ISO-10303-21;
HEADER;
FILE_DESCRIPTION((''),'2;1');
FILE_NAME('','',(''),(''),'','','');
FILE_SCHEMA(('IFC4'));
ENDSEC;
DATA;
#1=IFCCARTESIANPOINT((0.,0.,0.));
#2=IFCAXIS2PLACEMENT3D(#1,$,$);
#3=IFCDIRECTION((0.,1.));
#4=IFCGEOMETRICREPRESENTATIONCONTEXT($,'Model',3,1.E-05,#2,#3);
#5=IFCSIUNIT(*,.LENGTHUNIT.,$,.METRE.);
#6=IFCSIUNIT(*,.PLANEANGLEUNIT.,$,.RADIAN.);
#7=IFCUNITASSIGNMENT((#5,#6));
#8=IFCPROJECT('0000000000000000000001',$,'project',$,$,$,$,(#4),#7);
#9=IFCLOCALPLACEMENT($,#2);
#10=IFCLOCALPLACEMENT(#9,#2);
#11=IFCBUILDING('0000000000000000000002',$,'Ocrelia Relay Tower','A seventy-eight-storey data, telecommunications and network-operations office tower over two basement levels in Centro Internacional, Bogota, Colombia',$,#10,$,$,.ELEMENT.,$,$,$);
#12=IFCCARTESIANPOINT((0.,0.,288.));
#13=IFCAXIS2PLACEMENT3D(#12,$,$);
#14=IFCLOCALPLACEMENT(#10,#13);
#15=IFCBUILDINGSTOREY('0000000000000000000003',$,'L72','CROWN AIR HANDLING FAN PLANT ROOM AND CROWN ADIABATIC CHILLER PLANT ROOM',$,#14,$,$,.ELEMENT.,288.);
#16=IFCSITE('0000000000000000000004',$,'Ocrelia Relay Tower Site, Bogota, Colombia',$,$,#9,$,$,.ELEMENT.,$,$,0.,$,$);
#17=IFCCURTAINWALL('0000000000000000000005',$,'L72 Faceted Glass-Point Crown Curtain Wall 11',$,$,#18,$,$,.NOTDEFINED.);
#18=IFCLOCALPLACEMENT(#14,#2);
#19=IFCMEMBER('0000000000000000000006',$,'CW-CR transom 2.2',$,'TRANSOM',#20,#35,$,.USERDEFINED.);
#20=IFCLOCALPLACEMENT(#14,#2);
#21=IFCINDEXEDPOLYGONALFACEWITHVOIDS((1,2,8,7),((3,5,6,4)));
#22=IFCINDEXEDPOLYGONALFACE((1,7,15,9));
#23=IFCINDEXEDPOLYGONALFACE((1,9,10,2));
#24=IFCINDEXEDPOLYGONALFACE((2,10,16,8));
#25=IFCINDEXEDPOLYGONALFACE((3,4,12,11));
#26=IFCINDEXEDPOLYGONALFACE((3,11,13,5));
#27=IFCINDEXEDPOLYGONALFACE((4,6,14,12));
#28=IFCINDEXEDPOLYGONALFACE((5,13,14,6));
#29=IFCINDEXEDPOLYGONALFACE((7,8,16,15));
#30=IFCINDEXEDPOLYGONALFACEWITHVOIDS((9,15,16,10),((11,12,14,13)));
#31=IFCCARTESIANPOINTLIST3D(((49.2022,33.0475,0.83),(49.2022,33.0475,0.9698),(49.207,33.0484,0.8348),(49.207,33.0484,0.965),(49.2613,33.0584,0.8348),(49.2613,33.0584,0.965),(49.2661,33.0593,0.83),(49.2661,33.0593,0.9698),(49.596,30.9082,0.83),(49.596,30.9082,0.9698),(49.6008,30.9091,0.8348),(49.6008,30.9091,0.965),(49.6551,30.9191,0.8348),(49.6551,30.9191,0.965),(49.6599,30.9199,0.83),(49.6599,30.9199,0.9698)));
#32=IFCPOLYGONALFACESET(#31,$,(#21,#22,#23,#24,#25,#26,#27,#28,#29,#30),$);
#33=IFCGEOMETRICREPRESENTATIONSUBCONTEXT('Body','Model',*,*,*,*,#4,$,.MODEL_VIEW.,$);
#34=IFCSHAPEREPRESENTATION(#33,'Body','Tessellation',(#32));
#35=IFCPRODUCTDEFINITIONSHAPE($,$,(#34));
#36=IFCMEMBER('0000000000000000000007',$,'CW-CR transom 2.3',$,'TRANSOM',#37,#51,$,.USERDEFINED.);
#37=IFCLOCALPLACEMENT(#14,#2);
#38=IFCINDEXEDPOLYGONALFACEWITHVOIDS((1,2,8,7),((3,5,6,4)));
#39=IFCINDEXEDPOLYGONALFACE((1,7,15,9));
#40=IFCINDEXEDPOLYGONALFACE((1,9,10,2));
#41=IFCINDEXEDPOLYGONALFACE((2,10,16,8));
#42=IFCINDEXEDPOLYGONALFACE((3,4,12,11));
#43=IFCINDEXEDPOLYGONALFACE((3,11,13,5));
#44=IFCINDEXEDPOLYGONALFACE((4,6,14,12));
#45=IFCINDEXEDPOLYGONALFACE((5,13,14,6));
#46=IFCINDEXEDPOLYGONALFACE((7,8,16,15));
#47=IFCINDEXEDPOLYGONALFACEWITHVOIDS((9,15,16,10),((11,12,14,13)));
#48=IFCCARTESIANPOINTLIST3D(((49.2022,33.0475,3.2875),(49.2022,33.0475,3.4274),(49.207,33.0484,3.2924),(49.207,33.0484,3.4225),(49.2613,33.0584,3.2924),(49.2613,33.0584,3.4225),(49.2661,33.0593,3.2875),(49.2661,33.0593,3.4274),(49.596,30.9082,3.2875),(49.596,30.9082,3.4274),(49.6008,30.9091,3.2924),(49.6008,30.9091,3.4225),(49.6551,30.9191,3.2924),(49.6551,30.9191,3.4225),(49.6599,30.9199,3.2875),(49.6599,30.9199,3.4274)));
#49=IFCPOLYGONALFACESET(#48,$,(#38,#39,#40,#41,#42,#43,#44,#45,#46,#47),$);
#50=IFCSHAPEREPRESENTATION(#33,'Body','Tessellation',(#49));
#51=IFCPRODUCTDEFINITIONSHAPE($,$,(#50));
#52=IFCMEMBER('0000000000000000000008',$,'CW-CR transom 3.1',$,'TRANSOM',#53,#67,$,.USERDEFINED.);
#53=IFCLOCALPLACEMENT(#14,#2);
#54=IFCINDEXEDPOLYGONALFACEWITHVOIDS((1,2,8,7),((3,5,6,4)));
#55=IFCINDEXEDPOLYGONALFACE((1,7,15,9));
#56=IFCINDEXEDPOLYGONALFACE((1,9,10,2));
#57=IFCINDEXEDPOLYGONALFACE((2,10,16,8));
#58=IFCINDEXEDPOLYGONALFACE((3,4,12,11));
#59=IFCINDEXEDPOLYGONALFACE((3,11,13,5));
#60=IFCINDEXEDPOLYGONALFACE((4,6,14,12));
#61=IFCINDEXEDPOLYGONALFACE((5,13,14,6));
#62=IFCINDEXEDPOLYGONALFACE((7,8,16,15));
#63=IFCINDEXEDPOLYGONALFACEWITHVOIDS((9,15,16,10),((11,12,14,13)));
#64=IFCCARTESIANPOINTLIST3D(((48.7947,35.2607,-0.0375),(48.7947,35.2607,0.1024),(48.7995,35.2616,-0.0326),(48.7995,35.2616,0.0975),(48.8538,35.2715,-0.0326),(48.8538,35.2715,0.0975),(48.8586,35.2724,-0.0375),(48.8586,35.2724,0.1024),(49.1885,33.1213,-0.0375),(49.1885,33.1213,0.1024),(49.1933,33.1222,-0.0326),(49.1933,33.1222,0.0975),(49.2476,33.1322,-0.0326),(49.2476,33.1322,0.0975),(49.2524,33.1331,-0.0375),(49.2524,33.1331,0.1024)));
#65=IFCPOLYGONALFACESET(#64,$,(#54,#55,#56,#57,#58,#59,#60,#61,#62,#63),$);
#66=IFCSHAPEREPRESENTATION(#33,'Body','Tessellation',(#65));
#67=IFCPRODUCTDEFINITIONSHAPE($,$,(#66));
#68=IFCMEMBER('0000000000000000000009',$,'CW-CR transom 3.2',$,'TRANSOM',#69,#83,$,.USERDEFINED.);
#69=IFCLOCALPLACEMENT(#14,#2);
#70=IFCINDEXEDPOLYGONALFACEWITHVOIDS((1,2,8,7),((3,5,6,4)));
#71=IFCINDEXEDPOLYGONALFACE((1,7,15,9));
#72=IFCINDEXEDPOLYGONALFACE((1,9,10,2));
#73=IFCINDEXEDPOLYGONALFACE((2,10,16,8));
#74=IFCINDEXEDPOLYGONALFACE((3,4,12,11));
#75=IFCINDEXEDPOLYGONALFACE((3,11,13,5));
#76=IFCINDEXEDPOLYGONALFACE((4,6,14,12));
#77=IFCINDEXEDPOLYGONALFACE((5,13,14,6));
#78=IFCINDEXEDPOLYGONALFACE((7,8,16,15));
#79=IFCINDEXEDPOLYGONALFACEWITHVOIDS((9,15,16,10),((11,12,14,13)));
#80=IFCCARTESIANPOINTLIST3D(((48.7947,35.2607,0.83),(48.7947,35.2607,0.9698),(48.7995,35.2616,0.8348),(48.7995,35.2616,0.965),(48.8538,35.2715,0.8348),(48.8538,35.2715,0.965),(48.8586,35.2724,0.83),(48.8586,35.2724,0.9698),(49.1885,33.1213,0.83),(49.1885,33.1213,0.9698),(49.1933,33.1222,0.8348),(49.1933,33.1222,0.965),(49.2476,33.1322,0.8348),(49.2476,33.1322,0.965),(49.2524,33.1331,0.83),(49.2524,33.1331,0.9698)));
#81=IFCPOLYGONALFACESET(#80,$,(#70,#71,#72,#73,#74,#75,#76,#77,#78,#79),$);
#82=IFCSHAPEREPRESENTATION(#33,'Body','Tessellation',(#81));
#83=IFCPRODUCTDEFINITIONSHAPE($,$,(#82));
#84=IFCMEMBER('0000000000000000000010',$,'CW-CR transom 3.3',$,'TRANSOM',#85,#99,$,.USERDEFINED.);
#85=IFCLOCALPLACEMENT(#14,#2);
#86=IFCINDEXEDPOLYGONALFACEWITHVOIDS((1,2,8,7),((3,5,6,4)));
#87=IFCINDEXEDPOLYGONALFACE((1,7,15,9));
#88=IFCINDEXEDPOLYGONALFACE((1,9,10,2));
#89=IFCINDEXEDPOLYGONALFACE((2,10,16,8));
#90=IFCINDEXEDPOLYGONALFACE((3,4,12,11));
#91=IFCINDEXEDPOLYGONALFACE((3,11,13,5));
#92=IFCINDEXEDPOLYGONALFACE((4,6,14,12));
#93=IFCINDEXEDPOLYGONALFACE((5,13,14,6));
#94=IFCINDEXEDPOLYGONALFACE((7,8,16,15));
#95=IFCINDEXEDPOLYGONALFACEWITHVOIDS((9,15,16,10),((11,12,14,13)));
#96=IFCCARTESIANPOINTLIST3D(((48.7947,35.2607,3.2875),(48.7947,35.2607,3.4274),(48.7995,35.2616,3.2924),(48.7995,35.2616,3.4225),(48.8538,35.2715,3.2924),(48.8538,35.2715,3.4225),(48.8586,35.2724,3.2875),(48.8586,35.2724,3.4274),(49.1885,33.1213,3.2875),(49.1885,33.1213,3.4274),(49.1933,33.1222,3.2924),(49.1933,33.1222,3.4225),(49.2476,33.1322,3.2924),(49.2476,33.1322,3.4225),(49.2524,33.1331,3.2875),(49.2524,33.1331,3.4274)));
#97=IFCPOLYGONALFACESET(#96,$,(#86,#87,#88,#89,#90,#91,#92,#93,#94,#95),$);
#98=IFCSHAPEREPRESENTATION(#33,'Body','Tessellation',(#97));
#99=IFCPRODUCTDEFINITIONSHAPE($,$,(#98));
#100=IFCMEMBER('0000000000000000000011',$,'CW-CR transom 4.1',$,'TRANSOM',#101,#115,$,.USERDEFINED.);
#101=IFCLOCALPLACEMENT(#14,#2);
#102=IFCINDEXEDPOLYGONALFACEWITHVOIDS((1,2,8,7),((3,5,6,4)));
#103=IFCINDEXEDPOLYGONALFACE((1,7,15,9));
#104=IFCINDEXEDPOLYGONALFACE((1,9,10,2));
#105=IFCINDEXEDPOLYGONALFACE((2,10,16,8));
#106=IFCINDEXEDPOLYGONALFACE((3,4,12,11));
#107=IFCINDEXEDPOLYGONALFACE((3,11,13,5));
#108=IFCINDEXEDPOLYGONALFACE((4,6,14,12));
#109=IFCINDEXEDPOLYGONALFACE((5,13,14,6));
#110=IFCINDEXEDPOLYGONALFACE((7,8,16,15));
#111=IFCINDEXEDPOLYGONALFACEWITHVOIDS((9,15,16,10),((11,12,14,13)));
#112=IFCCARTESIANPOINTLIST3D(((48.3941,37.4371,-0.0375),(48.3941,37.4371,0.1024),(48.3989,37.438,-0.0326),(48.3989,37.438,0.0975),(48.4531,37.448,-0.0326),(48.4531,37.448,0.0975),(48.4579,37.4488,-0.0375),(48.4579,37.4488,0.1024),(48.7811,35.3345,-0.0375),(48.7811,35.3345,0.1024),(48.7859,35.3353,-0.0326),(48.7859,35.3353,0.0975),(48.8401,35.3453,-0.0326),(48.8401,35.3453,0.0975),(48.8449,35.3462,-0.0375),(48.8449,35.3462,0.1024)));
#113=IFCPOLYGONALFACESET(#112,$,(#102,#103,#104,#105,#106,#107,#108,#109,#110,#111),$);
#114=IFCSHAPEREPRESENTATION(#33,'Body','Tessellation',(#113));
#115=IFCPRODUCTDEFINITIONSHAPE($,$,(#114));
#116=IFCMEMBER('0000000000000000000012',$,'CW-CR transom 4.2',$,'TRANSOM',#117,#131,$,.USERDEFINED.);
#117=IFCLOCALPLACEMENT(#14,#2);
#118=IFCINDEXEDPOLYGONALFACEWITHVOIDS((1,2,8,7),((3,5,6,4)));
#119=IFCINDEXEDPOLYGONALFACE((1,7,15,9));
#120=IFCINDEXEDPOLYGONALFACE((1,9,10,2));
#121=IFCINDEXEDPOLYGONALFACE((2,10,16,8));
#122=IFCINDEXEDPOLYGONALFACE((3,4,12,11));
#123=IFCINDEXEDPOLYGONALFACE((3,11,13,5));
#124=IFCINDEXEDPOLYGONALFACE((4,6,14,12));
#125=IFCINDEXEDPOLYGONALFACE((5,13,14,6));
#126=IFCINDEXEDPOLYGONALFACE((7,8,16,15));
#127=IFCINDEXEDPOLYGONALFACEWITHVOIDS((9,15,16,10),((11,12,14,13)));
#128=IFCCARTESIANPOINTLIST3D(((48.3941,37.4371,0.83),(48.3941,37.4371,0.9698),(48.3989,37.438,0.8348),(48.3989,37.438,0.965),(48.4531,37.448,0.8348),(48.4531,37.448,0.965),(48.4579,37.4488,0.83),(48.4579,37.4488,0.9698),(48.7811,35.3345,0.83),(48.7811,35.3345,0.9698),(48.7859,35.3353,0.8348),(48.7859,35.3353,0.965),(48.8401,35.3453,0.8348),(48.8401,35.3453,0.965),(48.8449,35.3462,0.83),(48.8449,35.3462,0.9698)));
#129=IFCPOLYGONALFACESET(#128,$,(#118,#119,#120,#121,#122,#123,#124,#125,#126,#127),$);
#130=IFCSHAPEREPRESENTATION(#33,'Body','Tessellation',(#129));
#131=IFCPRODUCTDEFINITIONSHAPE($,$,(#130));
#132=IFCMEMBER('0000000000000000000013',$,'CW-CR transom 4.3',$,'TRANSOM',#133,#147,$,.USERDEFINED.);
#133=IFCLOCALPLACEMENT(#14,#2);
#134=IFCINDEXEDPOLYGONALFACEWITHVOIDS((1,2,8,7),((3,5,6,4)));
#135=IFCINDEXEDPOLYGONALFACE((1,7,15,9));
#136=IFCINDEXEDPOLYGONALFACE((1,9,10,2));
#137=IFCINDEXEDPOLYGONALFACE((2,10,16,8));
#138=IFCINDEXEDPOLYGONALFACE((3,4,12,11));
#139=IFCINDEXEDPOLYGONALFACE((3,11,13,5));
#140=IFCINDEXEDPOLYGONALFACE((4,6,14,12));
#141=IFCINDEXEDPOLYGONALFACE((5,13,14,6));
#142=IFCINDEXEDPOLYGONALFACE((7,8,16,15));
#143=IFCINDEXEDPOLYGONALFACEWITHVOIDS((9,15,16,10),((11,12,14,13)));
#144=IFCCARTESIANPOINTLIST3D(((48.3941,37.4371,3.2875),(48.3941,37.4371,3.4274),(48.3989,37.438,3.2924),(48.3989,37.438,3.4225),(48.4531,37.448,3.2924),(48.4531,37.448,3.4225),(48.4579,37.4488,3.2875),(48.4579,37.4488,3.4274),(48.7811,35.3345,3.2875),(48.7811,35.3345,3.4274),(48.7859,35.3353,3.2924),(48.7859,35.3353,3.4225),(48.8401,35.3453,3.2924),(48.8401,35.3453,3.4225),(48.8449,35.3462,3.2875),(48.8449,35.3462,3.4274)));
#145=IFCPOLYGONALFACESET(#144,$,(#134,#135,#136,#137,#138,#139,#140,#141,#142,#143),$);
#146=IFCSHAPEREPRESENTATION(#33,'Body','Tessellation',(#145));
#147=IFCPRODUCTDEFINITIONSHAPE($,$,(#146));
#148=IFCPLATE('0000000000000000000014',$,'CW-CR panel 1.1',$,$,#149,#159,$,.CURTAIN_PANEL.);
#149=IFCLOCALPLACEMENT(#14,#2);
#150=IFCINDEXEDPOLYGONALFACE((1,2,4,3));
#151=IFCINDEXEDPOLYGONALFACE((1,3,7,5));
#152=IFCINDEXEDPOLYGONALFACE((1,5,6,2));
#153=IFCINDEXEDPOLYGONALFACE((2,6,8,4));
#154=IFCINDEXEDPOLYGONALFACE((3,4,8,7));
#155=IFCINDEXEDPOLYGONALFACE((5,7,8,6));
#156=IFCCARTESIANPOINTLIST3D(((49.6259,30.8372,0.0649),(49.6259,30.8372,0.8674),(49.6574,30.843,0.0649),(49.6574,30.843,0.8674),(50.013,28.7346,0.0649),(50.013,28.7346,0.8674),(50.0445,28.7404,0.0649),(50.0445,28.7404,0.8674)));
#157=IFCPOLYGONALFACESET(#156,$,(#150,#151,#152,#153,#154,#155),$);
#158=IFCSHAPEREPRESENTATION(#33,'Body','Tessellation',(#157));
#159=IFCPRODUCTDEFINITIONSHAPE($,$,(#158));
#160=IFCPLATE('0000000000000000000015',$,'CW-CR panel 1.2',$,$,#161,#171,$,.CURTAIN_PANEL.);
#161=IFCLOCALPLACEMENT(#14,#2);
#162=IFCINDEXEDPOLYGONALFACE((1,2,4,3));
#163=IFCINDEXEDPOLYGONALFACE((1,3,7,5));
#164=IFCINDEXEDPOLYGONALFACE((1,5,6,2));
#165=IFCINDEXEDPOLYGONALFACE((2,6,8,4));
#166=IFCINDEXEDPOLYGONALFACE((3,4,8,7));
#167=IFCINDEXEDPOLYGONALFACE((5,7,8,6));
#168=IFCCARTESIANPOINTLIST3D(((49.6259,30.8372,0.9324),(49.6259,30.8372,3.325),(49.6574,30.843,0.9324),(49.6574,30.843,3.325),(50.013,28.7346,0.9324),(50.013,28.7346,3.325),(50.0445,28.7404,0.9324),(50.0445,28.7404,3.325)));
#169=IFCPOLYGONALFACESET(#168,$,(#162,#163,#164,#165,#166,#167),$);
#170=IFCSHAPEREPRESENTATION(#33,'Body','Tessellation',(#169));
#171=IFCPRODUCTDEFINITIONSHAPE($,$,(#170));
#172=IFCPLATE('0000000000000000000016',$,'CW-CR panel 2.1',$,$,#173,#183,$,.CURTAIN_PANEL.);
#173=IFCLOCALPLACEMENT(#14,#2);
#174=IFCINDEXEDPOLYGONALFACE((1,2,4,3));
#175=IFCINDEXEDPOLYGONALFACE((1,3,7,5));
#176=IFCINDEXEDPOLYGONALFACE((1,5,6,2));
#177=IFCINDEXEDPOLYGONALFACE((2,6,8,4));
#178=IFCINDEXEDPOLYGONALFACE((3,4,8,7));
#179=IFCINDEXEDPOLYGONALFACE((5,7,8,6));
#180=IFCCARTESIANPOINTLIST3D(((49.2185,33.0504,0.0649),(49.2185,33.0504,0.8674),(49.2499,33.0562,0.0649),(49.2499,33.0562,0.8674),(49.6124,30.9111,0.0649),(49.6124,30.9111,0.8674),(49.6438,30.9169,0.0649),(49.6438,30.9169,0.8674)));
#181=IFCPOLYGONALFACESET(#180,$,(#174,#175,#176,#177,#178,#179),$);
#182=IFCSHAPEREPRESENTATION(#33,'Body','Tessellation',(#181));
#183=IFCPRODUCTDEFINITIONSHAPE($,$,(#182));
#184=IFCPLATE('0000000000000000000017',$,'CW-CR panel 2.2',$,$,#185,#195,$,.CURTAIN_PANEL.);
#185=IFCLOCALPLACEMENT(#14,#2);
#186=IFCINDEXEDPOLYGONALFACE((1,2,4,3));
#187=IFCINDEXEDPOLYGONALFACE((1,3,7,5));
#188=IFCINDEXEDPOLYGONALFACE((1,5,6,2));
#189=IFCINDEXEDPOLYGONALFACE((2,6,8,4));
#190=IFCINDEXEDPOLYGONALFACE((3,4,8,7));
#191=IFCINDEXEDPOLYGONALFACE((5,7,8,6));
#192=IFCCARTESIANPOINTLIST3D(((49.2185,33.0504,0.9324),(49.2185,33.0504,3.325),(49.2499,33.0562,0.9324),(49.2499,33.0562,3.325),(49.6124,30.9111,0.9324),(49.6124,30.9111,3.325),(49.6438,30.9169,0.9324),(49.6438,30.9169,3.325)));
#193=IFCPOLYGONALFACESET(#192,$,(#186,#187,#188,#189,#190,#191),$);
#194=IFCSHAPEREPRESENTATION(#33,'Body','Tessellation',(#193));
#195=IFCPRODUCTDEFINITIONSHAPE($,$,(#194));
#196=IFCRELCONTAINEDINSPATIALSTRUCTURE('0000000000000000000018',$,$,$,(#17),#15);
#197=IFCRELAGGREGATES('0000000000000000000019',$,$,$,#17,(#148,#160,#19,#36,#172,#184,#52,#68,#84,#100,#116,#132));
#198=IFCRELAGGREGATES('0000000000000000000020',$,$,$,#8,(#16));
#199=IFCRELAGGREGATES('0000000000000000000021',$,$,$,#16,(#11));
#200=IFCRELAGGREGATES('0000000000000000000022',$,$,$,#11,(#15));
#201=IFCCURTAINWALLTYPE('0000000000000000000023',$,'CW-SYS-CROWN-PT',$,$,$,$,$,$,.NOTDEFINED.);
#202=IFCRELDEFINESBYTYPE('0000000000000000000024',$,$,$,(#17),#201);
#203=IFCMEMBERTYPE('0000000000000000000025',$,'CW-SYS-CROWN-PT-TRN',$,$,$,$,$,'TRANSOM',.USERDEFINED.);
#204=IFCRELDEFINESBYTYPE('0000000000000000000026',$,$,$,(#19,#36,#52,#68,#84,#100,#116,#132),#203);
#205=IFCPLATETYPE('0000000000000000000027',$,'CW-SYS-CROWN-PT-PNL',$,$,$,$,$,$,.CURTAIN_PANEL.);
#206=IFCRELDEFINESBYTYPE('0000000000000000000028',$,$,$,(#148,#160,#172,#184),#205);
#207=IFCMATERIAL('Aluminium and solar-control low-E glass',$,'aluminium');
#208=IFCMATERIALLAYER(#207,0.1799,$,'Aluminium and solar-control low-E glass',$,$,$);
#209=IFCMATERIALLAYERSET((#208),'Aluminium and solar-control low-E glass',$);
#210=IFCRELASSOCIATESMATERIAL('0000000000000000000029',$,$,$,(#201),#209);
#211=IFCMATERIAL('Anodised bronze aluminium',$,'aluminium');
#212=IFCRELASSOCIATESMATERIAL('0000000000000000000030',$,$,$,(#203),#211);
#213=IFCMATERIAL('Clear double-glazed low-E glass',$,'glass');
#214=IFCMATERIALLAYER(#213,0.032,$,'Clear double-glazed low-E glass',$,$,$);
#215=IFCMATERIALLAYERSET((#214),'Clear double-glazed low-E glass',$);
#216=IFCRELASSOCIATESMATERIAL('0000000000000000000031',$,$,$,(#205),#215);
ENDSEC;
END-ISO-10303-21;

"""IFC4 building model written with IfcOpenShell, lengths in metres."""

from ifc_helpers import new_model, si_unit, direction, frame, origin, origin_2d, place, context, subcontext, project, spatial, rectangle, hollow_rectangle, extrude, material, layer, layer_set, material_profile, profile_set, type_object, element, aggregate, save


model = new_model("IFC4")

# Units and contexts
model_context = context("Model", 3, precision=1e-05, world=origin(), true_north=direction((0.0, 1.0)))
body_context = subcontext(model_context, "Body", "Model", "MODEL_VIEW")
ifc_project = project(units=[si_unit("LENGTHUNIT", "METRE"), si_unit("PLANEANGLEUNIT", "RADIAN")], contexts=[model_context])

# Site, building, storey
site_placement = place(None, origin())
site = spatial("IfcSite", under=ifc_project, at=site_placement, Name="Ocrelia Relay Tower Site, Bogota, Colombia", CompositionType="ELEMENT", RefElevation=0.0)
building_placement = place(site_placement, origin())
building = spatial("IfcBuilding", under=site, at=building_placement, Name="Ocrelia Relay Tower", Description="A seventy-eight-storey data, telecommunications and network-operations office tower over two basement levels in Centro Internacional, Bogota, Colombia", CompositionType="ELEMENT")
storey_placement = place(building_placement, frame((0.0, 0.0, 288.0)))
storey = spatial("IfcBuildingStorey", under=building, at=storey_placement, Name="L72", Description="CROWN AIR HANDLING FAN PLANT ROOM AND CROWN ADIABATIC CHILLER PLANT ROOM", CompositionType="ELEMENT", Elevation=288.0)

# Curtain wall, members, plates
ifc_material_1 = material(Name="Aluminium and solar-control low-E glass", Category="aluminium")
ifc_layer_1 = layer(ifc_material_1, 0.1799, Name="Aluminium and solar-control low-E glass")
ifc_layer_set_1 = layer_set([ifc_layer_1], Name="Aluminium and solar-control low-E glass")
curtain_wall_type = type_object("IfcCurtainWallType", Name="CW-SYS-CROWN-PT", PredefinedType="NOTDEFINED", material=ifc_layer_set_1)
curtain_wall_placement = place(storey_placement, origin())
curtain_wall = element("IfcCurtainWall", 1, at=curtain_wall_placement, inside=storey, type_object=curtain_wall_type, Name="L72 Faceted Glass-Point Crown Curtain Wall 11", PredefinedType="NOTDEFINED")
ifc_material_2 = material(Name="Anodised bronze aluminium", Category="aluminium")
ifc_material_profile_1 = material_profile(ifc_material_2, hollow_rectangle(XDim=0.0649, YDim=0.1399, WallThickness=0.0049, at=origin_2d()), Name="CW-TRN-140x65")
ifc_profile_set_1 = profile_set([ifc_material_profile_1], Name="Anodised bronze aluminium")
member_type_1 = type_object("IfcMemberType", Name="CW-SYS-CROWN-PT-TRN", ElementType="TRANSOM", PredefinedType="USERDEFINED", material=ifc_profile_set_1)
member_1_placement = place(storey_placement, frame((49.6279, 30.9141, 0.8999), z_axis=(-0.181028, 0.983478, 0.0), x_axis=(-0.983478, -0.181028, 0.0)))
member_1 = element("IfcMember", 2, at=member_1_placement, type_object=member_type_1, Name="CW-CR transom 2.2", ObjectType="TRANSOM", PredefinedType="USERDEFINED", context=body_context, shape_type="SweptSolid", body=[
    extrude(hollow_rectangle(XDim=0.0649, YDim=0.1399, WallThickness=0.0049, at=origin_2d()), origin(), (0.0, 0.0, 1.0), 2.1753),
])
member_2_placement = place(storey_placement, frame((49.6279, 30.9141, 3.3574), z_axis=(-0.181028, 0.983478, 0.0), x_axis=(-0.983478, -0.181028, 0.0)))
member_2 = element("IfcMember", 3, at=member_2_placement, type_object=member_type_1, Name="CW-CR transom 2.3", ObjectType="TRANSOM", PredefinedType="USERDEFINED", context=body_context, shape_type="SweptSolid", body=[
    extrude(hollow_rectangle(XDim=0.0649, YDim=0.1399, WallThickness=0.0049, at=origin_2d()), origin(), (0.0, 0.0, 1.0), 2.1753),
])
member_3_placement = place(storey_placement, frame((49.2205, 33.1272, 0.0325), z_axis=(-0.181028, 0.983478, 0.0), x_axis=(-0.983478, -0.181028, 0.0)))
member_3 = element("IfcMember", 4, at=member_3_placement, type_object=member_type_1, Name="CW-CR transom 3.1", ObjectType="TRANSOM", PredefinedType="USERDEFINED", context=body_context, shape_type="SweptSolid", body=[
    extrude(hollow_rectangle(XDim=0.0649, YDim=0.1399, WallThickness=0.0049, at=origin_2d()), origin(), (0.0, 0.0, 1.0), 2.1753),
])
member_4_placement = place(storey_placement, frame((49.2205, 33.1272, 0.8999), z_axis=(-0.181028, 0.983478, 0.0), x_axis=(-0.983478, -0.181028, 0.0)))
member_4 = element("IfcMember", 5, at=member_4_placement, type_object=member_type_1, Name="CW-CR transom 3.2", ObjectType="TRANSOM", PredefinedType="USERDEFINED", context=body_context, shape_type="SweptSolid", body=[
    extrude(hollow_rectangle(XDim=0.0649, YDim=0.1399, WallThickness=0.0049, at=origin_2d()), origin(), (0.0, 0.0, 1.0), 2.1753),
])
member_5_placement = place(storey_placement, frame((49.2205, 33.1272, 3.3574), z_axis=(-0.181028, 0.983478, 0.0), x_axis=(-0.983478, -0.181028, 0.0)))
member_5 = element("IfcMember", 6, at=member_5_placement, type_object=member_type_1, Name="CW-CR transom 3.3", ObjectType="TRANSOM", PredefinedType="USERDEFINED", context=body_context, shape_type="SweptSolid", body=[
    extrude(hollow_rectangle(XDim=0.0649, YDim=0.1399, WallThickness=0.0049, at=origin_2d()), origin(), (0.0, 0.0, 1.0), 2.1753),
])
member_6_placement = place(storey_placement, frame((48.813, 35.3403, 0.0325), z_axis=(-0.181005, 0.983482, 0.0), x_axis=(-0.983482, -0.181005, 0.0)))
member_6 = element("IfcMember", 7, at=member_6_placement, type_object=member_type_1, Name="CW-CR transom 4.1", ObjectType="TRANSOM", PredefinedType="USERDEFINED", context=body_context, shape_type="SweptSolid", body=[
    extrude(hollow_rectangle(XDim=0.0649, YDim=0.1399, WallThickness=0.0049, at=origin_2d()), origin(), (0.0, 0.0, 1.0), 2.1379),
])
member_7_placement = place(storey_placement, frame((48.813, 35.3403, 0.8999), z_axis=(-0.181005, 0.983482, 0.0), x_axis=(-0.983482, -0.181005, 0.0)))
member_7 = element("IfcMember", 8, at=member_7_placement, type_object=member_type_1, Name="CW-CR transom 4.2", ObjectType="TRANSOM", PredefinedType="USERDEFINED", context=body_context, shape_type="SweptSolid", body=[
    extrude(hollow_rectangle(XDim=0.0649, YDim=0.1399, WallThickness=0.0049, at=origin_2d()), origin(), (0.0, 0.0, 1.0), 2.1379),
])
member_8_placement = place(storey_placement, frame((48.813, 35.3403, 3.3574), z_axis=(-0.181005, 0.983482, 0.0), x_axis=(-0.983482, -0.181005, 0.0)))
member_8 = element("IfcMember", 9, at=member_8_placement, type_object=member_type_1, Name="CW-CR transom 4.3", ObjectType="TRANSOM", PredefinedType="USERDEFINED", context=body_context, shape_type="SweptSolid", body=[
    extrude(hollow_rectangle(XDim=0.0649, YDim=0.1399, WallThickness=0.0049, at=origin_2d()), origin(), (0.0, 0.0, 1.0), 2.1379),
])
ifc_material_3 = material(Name="Clear double-glazed low-E glass", Category="glass")
ifc_layer_2 = layer(ifc_material_3, 0.032, Name="Clear double-glazed low-E glass")
ifc_layer_set_2 = layer_set([ifc_layer_2], Name="Clear double-glazed low-E glass")
plate_type = type_object("IfcPlateType", Name="CW-SYS-CROWN-PT-PNL", PredefinedType="CURTAIN_PANEL", material=ifc_layer_set_2)
plate_1_placement = place(storey_placement, frame((49.8352, 29.7888, 0.0649), z_axis=(0.0, 0.0, 1.0), x_axis=(-0.181068, 0.983471, 0.0)))
plate_1 = element("IfcPlate", 10, at=plate_1_placement, type_object=plate_type, Name="CW-CR panel 1.1", PredefinedType="CURTAIN_PANEL", context=body_context, shape_type="SweptSolid", body=[
    extrude(rectangle(XDim=2.1379, YDim=0.032, at=origin_2d()), origin(), (0.0, 0.0, 1.0), 0.8025),
])
plate_2_placement = place(storey_placement, frame((49.8352, 29.7888, 0.9324), z_axis=(0.0, 0.0, 1.0), x_axis=(-0.181068, 0.983471, 0.0)))
plate_2 = element("IfcPlate", 11, at=plate_2_placement, type_object=plate_type, Name="CW-CR panel 1.2", PredefinedType="CURTAIN_PANEL", context=body_context, shape_type="SweptSolid", body=[
    extrude(rectangle(XDim=2.1379, YDim=0.032, at=origin_2d()), origin(), (0.0, 0.0, 1.0), 2.3926),
])
plate_3_placement = place(storey_placement, frame((49.4312, 31.9836, 0.0649), z_axis=(0.0, 0.0, 1.0), x_axis=(-0.181068, 0.983471, 0.0)))
plate_3 = element("IfcPlate", 12, at=plate_3_placement, type_object=plate_type, Name="CW-CR panel 2.1", PredefinedType="CURTAIN_PANEL", context=body_context, shape_type="SweptSolid", body=[
    extrude(rectangle(XDim=2.1753, YDim=0.032, at=origin_2d()), origin(), (0.0, 0.0, 1.0), 0.8025),
])
plate_4_placement = place(storey_placement, frame((49.4312, 31.9836, 0.9324), z_axis=(0.0, 0.0, 1.0), x_axis=(-0.181068, 0.983471, 0.0)))
plate_4 = element("IfcPlate", 13, at=plate_4_placement, type_object=plate_type, Name="CW-CR panel 2.2", PredefinedType="CURTAIN_PANEL", context=body_context, shape_type="SweptSolid", body=[
    extrude(rectangle(XDim=2.1753, YDim=0.032, at=origin_2d()), origin(), (0.0, 0.0, 1.0), 2.3926),
])
aggregate(curtain_wall, [plate_1, plate_2, member_1, member_2, plate_3, plate_4, member_3, member_4, member_5, member_6, member_7, member_8])

save(model, "model.ifc")
